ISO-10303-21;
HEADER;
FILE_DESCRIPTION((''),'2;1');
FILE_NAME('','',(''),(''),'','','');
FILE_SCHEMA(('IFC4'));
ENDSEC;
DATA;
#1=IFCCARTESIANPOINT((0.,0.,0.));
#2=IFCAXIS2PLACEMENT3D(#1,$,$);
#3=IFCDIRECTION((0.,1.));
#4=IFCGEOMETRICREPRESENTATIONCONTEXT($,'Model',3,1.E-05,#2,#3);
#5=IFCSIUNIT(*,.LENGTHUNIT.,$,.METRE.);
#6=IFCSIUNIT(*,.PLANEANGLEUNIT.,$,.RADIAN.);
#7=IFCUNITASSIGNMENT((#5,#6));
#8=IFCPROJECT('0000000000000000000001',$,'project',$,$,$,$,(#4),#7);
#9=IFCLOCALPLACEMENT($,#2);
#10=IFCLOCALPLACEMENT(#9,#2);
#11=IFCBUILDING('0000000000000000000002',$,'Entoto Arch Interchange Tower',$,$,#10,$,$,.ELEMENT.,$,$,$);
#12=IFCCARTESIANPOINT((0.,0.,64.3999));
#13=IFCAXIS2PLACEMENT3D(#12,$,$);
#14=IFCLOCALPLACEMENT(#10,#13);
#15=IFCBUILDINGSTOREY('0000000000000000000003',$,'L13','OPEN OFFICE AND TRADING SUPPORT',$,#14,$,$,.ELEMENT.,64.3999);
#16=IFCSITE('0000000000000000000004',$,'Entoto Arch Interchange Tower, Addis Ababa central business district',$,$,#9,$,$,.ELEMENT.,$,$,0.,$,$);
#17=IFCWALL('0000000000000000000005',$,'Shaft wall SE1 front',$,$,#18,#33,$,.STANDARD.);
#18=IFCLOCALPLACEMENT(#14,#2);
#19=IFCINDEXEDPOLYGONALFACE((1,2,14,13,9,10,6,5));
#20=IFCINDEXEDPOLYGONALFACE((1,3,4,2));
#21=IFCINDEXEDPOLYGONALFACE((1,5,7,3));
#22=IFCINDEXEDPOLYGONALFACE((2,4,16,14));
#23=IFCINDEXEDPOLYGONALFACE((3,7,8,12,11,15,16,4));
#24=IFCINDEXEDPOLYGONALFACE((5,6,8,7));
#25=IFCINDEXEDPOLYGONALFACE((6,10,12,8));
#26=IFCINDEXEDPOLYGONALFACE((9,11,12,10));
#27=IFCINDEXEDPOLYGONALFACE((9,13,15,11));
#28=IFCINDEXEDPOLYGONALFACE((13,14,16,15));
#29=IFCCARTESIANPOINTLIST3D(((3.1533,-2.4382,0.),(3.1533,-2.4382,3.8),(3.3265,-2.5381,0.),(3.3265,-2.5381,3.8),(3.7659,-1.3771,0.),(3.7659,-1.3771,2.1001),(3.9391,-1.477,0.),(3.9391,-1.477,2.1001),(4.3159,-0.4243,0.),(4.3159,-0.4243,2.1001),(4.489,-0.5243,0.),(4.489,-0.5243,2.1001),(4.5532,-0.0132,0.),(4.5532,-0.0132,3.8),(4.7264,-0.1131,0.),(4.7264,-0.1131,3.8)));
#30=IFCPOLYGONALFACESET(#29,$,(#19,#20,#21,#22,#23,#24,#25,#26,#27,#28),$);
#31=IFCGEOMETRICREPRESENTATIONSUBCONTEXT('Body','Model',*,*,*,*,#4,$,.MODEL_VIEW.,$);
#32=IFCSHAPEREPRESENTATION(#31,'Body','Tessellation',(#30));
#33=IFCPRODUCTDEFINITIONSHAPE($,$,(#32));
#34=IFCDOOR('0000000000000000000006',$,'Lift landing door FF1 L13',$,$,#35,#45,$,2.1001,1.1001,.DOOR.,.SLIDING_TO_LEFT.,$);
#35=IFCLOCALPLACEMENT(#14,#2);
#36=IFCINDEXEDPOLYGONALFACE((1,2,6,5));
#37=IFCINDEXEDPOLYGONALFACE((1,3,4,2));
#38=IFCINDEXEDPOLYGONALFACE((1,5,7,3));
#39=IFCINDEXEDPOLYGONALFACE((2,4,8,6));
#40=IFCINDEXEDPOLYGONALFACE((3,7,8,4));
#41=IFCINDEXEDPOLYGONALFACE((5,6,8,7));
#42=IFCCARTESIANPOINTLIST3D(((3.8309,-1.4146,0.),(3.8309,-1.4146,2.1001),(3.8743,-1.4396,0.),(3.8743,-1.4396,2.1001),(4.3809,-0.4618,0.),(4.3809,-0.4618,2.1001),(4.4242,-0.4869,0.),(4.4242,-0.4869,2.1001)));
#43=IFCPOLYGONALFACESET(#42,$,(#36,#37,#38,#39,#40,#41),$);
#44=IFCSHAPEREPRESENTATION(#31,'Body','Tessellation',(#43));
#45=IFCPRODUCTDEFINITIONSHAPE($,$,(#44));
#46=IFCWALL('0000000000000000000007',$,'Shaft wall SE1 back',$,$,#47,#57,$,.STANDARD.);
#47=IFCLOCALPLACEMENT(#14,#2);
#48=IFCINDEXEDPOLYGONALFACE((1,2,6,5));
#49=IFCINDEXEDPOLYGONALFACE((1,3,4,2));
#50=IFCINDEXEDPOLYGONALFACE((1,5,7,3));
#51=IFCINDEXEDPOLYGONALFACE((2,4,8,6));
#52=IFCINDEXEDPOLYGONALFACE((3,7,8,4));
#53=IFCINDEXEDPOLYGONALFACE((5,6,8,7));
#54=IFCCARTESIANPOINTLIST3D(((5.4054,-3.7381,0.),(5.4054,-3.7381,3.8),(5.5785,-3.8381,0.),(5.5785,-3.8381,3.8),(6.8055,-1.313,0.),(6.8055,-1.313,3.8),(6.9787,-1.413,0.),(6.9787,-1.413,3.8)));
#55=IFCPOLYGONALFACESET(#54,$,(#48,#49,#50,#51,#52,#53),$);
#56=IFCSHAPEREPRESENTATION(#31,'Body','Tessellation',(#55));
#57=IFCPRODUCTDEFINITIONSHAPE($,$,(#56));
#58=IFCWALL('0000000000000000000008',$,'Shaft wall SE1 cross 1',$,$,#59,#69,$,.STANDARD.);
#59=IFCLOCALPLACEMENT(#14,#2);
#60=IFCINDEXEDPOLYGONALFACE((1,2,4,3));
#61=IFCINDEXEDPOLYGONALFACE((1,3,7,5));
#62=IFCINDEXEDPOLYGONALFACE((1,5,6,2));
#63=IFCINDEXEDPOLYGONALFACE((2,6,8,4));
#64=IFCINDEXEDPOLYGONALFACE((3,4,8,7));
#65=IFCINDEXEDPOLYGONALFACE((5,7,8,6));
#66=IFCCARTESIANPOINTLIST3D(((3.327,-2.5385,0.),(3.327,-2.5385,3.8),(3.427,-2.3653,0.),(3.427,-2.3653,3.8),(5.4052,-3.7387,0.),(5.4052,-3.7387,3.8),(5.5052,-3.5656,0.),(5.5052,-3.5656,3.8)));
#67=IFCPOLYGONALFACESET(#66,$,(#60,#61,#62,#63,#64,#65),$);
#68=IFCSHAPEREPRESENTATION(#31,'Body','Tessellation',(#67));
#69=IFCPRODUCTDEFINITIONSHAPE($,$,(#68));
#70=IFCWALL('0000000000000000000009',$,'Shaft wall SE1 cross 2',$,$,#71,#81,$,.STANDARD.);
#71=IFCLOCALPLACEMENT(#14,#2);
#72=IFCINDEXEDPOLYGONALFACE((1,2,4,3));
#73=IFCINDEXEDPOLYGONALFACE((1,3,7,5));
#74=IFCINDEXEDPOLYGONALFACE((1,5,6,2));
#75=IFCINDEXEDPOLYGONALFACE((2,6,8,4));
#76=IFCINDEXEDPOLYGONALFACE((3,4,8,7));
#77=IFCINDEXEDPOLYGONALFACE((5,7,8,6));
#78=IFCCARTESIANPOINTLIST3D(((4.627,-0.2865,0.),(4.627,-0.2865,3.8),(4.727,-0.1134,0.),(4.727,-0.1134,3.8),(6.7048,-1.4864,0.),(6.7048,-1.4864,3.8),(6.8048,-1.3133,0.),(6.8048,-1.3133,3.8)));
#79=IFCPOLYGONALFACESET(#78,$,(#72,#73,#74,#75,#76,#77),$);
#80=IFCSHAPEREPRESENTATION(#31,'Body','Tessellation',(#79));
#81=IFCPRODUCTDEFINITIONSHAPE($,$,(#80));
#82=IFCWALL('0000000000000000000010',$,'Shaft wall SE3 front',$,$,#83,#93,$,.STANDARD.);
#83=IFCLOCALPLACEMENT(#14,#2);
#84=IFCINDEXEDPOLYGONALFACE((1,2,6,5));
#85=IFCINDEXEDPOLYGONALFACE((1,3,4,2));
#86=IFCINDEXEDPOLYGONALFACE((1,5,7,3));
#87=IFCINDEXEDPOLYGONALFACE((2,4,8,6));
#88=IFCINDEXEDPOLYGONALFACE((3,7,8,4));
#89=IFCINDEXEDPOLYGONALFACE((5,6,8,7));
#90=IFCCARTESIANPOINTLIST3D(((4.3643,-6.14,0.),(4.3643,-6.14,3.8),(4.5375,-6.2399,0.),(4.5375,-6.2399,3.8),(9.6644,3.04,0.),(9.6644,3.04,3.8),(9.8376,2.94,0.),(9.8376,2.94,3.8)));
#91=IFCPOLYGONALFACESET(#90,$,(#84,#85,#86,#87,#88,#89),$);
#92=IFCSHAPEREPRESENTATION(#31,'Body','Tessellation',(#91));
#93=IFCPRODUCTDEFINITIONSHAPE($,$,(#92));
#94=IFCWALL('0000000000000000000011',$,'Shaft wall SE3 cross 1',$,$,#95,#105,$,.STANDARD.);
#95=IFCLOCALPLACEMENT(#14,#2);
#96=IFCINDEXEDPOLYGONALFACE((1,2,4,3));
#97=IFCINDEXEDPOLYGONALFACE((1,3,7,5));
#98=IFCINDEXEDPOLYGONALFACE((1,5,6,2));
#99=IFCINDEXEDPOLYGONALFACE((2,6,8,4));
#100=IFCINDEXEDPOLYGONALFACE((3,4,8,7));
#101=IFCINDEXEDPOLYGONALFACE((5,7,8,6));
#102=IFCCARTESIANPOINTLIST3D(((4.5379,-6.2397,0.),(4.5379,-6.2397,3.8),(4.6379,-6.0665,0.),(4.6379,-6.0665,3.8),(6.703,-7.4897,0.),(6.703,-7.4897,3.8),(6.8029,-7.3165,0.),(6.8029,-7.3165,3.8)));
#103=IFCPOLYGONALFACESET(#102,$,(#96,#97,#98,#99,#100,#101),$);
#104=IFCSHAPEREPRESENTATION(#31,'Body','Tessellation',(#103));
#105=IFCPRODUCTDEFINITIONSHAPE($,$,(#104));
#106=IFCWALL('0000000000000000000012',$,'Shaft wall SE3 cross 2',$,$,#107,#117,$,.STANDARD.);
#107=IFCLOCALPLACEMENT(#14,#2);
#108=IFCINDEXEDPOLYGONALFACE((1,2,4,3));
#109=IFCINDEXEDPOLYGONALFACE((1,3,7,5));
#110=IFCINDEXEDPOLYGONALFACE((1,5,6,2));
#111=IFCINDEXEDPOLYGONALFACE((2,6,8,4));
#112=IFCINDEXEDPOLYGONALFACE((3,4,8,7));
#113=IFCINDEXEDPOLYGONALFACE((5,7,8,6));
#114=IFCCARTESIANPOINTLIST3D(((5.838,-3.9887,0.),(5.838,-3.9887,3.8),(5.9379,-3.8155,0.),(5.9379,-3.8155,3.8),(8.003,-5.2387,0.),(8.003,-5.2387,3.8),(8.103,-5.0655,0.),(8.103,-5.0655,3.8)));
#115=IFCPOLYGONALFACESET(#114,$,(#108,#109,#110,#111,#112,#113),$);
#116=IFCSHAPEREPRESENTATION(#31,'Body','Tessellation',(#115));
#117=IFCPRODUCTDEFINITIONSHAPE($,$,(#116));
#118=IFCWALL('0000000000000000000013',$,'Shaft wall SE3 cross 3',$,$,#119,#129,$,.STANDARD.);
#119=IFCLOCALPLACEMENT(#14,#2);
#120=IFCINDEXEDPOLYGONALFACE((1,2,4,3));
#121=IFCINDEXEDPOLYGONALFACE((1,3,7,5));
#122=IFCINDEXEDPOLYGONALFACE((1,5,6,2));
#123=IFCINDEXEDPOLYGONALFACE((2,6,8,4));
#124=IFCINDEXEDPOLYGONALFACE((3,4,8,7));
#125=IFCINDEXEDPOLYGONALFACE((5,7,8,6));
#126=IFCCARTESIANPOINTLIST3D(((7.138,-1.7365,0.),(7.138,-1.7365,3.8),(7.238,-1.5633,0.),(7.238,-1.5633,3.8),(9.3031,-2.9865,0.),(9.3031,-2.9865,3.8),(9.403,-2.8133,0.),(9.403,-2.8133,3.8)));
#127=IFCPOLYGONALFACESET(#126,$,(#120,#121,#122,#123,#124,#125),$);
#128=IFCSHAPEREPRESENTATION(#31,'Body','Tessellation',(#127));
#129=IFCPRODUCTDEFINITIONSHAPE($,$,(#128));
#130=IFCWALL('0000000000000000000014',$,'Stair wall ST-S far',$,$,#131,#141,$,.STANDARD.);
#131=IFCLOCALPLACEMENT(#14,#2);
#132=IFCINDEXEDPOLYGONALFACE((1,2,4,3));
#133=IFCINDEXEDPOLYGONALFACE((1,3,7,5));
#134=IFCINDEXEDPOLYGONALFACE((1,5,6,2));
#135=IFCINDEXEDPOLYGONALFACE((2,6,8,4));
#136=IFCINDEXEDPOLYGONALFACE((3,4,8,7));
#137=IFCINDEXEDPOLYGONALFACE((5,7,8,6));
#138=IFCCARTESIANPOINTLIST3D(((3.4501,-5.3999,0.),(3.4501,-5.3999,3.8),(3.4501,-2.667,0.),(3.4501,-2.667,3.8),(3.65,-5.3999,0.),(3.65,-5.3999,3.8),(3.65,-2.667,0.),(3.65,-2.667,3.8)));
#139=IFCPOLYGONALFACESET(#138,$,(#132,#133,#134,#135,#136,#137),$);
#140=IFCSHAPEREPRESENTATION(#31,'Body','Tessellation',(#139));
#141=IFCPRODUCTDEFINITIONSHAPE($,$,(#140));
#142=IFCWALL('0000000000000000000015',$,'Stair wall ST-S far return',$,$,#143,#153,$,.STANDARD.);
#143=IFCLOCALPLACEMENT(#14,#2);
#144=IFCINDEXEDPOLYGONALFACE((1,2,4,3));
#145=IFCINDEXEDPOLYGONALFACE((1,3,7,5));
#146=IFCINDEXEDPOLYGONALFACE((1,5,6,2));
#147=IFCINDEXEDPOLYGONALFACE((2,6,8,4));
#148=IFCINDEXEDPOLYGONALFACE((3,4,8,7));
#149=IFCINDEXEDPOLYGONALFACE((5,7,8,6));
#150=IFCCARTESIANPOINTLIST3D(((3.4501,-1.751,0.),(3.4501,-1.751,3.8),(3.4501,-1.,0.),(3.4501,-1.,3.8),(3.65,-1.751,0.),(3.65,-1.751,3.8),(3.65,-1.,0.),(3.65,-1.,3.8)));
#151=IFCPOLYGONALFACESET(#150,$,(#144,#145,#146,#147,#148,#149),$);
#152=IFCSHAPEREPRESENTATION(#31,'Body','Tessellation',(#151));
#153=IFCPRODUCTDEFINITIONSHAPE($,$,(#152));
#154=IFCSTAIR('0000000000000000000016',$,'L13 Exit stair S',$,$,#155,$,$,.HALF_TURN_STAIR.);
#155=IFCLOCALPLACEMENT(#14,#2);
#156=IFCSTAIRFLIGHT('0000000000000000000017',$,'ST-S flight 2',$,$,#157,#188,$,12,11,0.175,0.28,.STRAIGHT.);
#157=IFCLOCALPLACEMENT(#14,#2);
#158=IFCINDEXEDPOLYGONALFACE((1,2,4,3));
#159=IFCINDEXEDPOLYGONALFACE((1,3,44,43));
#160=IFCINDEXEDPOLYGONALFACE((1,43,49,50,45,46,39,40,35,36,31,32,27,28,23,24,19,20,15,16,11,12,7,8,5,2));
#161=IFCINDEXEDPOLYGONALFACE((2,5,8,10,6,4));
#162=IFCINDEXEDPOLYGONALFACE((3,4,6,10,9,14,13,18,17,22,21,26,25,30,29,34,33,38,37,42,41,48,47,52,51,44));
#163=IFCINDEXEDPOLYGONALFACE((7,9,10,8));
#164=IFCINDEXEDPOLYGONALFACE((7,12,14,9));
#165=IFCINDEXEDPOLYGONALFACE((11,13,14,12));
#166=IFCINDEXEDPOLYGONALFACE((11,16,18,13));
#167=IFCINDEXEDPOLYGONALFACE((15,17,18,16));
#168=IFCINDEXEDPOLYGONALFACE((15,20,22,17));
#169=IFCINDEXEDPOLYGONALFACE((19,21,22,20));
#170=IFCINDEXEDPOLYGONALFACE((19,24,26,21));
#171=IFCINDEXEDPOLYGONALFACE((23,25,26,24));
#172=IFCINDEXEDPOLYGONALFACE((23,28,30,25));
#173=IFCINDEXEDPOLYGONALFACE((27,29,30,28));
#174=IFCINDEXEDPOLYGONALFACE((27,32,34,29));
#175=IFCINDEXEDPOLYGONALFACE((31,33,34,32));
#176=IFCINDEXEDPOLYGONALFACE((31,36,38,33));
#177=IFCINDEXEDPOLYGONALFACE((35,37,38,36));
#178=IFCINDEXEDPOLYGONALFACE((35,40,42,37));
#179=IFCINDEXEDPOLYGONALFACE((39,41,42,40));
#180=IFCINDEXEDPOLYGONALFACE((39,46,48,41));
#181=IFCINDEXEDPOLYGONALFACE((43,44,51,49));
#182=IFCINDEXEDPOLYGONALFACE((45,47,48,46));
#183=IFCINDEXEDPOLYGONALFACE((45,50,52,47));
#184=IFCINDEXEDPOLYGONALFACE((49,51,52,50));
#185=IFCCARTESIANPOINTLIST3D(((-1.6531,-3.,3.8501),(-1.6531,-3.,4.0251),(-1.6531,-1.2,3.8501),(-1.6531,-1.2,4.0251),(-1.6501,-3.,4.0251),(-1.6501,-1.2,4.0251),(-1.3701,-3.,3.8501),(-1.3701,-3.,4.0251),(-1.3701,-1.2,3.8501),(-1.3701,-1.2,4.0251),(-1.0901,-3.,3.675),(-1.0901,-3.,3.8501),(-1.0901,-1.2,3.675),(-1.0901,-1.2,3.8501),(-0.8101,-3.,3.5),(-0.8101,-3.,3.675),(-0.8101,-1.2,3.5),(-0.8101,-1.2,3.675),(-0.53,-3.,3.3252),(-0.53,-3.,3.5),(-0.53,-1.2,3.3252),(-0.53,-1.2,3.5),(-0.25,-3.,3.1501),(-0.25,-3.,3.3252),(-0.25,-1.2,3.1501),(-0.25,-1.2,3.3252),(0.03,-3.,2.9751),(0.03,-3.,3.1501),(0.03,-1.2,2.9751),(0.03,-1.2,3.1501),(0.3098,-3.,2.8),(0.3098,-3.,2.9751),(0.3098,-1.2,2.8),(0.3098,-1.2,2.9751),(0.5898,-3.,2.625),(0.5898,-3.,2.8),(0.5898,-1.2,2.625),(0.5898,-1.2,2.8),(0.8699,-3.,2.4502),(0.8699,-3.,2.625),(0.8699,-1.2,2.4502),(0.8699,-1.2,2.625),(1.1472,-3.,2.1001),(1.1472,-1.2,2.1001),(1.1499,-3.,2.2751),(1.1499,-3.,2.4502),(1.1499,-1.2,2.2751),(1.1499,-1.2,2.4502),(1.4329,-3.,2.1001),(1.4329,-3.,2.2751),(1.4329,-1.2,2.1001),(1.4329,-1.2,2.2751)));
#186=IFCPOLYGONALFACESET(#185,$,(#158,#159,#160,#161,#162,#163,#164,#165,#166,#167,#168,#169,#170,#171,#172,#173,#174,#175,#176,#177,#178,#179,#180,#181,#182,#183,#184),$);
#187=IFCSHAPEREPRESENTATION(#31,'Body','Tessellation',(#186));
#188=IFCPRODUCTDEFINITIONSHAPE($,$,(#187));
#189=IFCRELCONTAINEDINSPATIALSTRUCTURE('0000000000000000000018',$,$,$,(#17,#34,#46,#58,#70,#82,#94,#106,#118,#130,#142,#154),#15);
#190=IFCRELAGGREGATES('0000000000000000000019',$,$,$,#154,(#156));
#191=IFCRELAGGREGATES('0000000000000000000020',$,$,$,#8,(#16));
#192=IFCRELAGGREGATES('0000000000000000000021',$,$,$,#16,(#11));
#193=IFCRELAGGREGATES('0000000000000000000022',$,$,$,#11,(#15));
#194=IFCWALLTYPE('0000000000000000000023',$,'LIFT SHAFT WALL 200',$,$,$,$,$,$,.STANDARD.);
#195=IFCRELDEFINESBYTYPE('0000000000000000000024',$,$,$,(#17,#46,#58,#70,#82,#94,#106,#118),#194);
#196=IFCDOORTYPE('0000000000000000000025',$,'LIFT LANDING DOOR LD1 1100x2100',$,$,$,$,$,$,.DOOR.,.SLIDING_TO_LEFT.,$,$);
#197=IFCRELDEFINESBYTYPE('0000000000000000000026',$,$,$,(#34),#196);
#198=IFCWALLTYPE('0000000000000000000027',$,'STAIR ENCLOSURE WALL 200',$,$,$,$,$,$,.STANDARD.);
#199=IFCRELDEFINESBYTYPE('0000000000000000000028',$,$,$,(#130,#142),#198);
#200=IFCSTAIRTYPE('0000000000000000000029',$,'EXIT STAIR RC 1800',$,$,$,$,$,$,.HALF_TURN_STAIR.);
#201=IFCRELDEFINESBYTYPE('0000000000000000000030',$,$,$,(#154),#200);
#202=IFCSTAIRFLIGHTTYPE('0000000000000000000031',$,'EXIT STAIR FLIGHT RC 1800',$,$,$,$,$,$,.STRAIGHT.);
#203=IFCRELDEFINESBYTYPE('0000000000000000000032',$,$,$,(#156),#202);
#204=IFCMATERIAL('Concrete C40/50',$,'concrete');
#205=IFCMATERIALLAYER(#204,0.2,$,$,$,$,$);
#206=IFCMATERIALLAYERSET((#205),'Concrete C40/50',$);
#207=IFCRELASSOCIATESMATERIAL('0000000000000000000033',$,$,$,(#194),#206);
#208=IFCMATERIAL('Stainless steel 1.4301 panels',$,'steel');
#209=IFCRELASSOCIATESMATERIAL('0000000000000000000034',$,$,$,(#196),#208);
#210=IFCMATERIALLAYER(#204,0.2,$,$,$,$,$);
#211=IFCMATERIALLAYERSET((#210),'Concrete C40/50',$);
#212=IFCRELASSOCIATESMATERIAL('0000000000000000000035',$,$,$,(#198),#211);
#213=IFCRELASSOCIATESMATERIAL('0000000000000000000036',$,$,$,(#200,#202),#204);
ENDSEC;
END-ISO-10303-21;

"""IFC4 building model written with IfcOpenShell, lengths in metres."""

from ifc_helpers import new_model, si_unit, direction, frame, frame_2d, origin, place, context, subcontext, project, spatial, polyline, rectangle, outline, extrude, material, layer, layer_set, type_object, element, fill, aggregate, save


model = new_model("IFC4")

# Units and contexts
model_context = context("Model", 3, precision=1e-05, world=origin(), true_north=direction((0.0, 1.0)))
body_context = subcontext(model_context, "Body", "Model", "MODEL_VIEW")
ifc_project = project(units=[si_unit("LENGTHUNIT", "METRE"), si_unit("PLANEANGLEUNIT", "RADIAN")], contexts=[model_context])

# Site, building, storey
site_placement = place(None, origin())
site = spatial("IfcSite", under=ifc_project, at=site_placement, Name="Entoto Arch Interchange Tower, Addis Ababa central business district", CompositionType="ELEMENT", RefElevation=0.0)
building_placement = place(site_placement, origin())
building = spatial("IfcBuilding", under=site, at=building_placement, Name="Entoto Arch Interchange Tower", CompositionType="ELEMENT")
storey_placement = place(building_placement, frame((0.0, 0.0, 64.3999)))
storey = spatial("IfcBuildingStorey", under=building, at=storey_placement, Name="L13", Description="OPEN OFFICE AND TRADING SUPPORT", CompositionType="ELEMENT", Elevation=64.3999)

# Wall, opening, door
ifc_material_1 = material(Name="Concrete C40/50", Category="concrete")
ifc_material_2 = material(Name="Stainless steel 1.4301 panels", Category="steel")
ifc_layer_1 = layer(ifc_material_1, 0.2)
ifc_layer_set_1 = layer_set([ifc_layer_1], Name="Concrete C40/50")
wall_type_1 = type_object("IfcWallType", Name="LIFT SHAFT WALL 200", PredefinedType="STANDARD", material=ifc_layer_set_1)
wall_1_placement = place(storey_placement, frame((3.24, -2.488, 0.0), z_axis=(0.0, 0.0, 1.0), x_axis=(0.499946, 0.866056, 0.0)))
wall_1 = element("IfcWall", 1, at=wall_1_placement, inside=storey, type_object=wall_type_1, Name="Shaft wall SE1 front", PredefinedType="STANDARD", context=body_context, shape_type="SweptSolid", body=[
    extrude(rectangle(XDim=2.8, YDim=0.2, at=frame_2d((1.3999, 0.0))), origin(), (0.0, 0.0, 1.0), 3.8),
])
opening_1_placement = place(wall_1_placement, frame((1.2251, 0.0, 0.0)))
opening_1 = element("IfcOpeningElement", 2, at=opening_1_placement, cuts=wall_1, PredefinedType="OPENING", context=body_context, shape_type="SweptSolid", body=[
    extrude(rectangle(XDim=1.1001, YDim=2.1001, at=frame_2d((0.55, 1.05))), frame((0.0, 0.1099, 0.0), z_axis=(0.0, -1.0, 0.0), x_axis=(1.0, 0.0, 0.0)), (0.0, 0.0, 1.0), 0.22),
])
door_type_1 = type_object("IfcDoorType", Name="LIFT LANDING DOOR LD1 1100x2100", OperationType="SLIDING_TO_LEFT", PredefinedType="DOOR", material=ifc_material_2)
door_1_placement = place(opening_1_placement, origin())
door_1 = element("IfcDoor", 3, at=door_1_placement, inside=storey, type_object=door_type_1, Name="Lift landing door FF1 L13", OperationType="SLIDING_TO_LEFT", OverallHeight=2.1001, OverallWidth=1.1001, PredefinedType="DOOR", context=body_context, shape_type="SweptSolid", body=[
    extrude(rectangle(XDim=1.1001, YDim=2.1001, at=frame_2d((0.55, 1.05))), frame((0.0, 0.0249, 0.0), z_axis=(0.0, -1.0, 0.0), x_axis=(1.0, 0.0, 0.0)), (0.0, 0.0, 1.0), 0.05),
])
fill(opening_1, door_1)

# Walls
wall_2_placement = place(storey_placement, frame((5.4919, -3.7881, 0.0), z_axis=(0.0, 0.0, 1.0), x_axis=(0.500012, 0.866019, 0.0)))
element("IfcWall", 4, at=wall_2_placement, inside=storey, type_object=wall_type_1, Name="Shaft wall SE1 back", PredefinedType="STANDARD", context=body_context, shape_type="SweptSolid", body=[
    extrude(rectangle(XDim=2.8003, YDim=0.2, at=frame_2d((1.4001, 0.0))), origin(), (0.0, 0.0, 1.0), 3.8),
])
wall_3_placement = place(storey_placement, frame((3.377, -2.4519, 0.0), z_axis=(0.0, 0.0, 1.0), x_axis=(0.865955, -0.500122, 0.0)))
element("IfcWall", 5, at=wall_3_placement, inside=storey, type_object=wall_type_1, Name="Shaft wall SE1 cross 1", PredefinedType="STANDARD", context=body_context, shape_type="SweptSolid", body=[
    extrude(rectangle(XDim=2.3999, YDim=0.2, at=frame_2d((1.2, 0.0))), origin(), (0.0, 0.0, 1.0), 3.8),
])
wall_4_placement = place(storey_placement, frame((4.677, -0.2, 0.0), z_axis=(0.0, 0.0, 1.0), x_axis=(0.865974, -0.500089, 0.0)))
element("IfcWall", 6, at=wall_4_placement, inside=storey, type_object=wall_type_1, Name="Shaft wall SE1 cross 2", PredefinedType="STANDARD", context=body_context, shape_type="SweptSolid", body=[
    extrude(rectangle(XDim=2.3994, YDim=0.2, at=frame_2d((1.1997, 0.0))), origin(), (0.0, 0.0, 1.0), 3.8),
])
wall_5_placement = place(storey_placement, frame((4.4509, -6.1899, 0.0), z_axis=(0.0, 0.0, 1.0), x_axis=(0.500001, 0.866025, 0.0)))
element("IfcWall", 7, at=wall_5_placement, inside=storey, type_object=wall_type_1, Name="Shaft wall SE3 front", PredefinedType="STANDARD", context=body_context, shape_type="SweptSolid", body=[
    extrude(rectangle(XDim=10.6001, YDim=0.2, at=frame_2d((5.3, 0.0))), origin(), (0.0, 0.0, 1.0), 3.8),
])
for number, where, z_axis, x_axis, name in (
    (8, (4.5879, -6.1531, 0.0), (0.0, 0.0, 1.0), (0.866023, -0.500004, 0.0), "Shaft wall SE3 cross 1"),
    (9, (5.8879, -3.9021, 0.0), (0.0, 0.0, 1.0), (0.866023, -0.500004, 0.0), "Shaft wall SE3 cross 2"),
    (10, (7.188, -1.6499, 0.0), (0.0, 0.0, 1.0), (0.866023, -0.500004, 0.0), "Shaft wall SE3 cross 3"),
):
    element("IfcWall", number, at=place(storey_placement, frame(where, z_axis=z_axis, x_axis=x_axis)), inside=storey, type_object=wall_type_1, Name=name, PredefinedType="STANDARD", context=body_context, shape_type="SweptSolid", body=[
        extrude(rectangle(XDim=2.5, YDim=0.2, at=frame_2d((1.25, 0.0))), origin(), (0.0, 0.0, 1.0), 3.8),
    ])
ifc_layer_2 = layer(ifc_material_1, 0.2)
ifc_layer_set_2 = layer_set([ifc_layer_2], Name="Concrete C40/50")
wall_type_2 = type_object("IfcWallType", Name="STAIR ENCLOSURE WALL 200", PredefinedType="STANDARD", material=ifc_layer_set_2)
wall_6_placement = place(storey_placement, frame((3.55, -2.667, 0.0), z_axis=(0.0, 0.0, 1.0), x_axis=(0.0, -1.0, 0.0)))
element("IfcWall", 11, at=wall_6_placement, inside=storey, type_object=wall_type_2, Name="Stair wall ST-S far", PredefinedType="STANDARD", context=body_context, shape_type="SweptSolid", body=[
    extrude(rectangle(XDim=2.7329, YDim=0.2, at=frame_2d((1.3665, 0.0))), origin(), (0.0, 0.0, 1.0), 3.8),
])
wall_7_placement = place(storey_placement, frame((3.55, -1.0, 0.0), z_axis=(0.0, 0.0, 1.0), x_axis=(0.0, -1.0, 0.0)))
element("IfcWall", 12, at=wall_7_placement, inside=storey, type_object=wall_type_2, Name="Stair wall ST-S far return", PredefinedType="STANDARD", context=body_context, shape_type="SweptSolid", body=[
    extrude(rectangle(XDim=0.751, YDim=0.2, at=frame_2d((0.3755, 0.0))), origin(), (0.0, 0.0, 1.0), 3.8),
])

# Stair, stair flight
stair_type = type_object("IfcStairType", Name="EXIT STAIR RC 1800", PredefinedType="HALF_TURN_STAIR", material=ifc_material_1)
stair_placement = place(storey_placement, origin())
stair = element("IfcStair", 13, at=stair_placement, inside=storey, type_object=stair_type, Name="L13 Exit stair S", PredefinedType="HALF_TURN_STAIR")
stair_flight_type = type_object("IfcStairFlightType", Name="EXIT STAIR FLIGHT RC 1800", PredefinedType="STRAIGHT", material=ifc_material_1)
stair_flight_placement = place(storey_placement, frame((1.4299, -2.1001, 2.1001), z_axis=(0.0, 0.0, 1.0), x_axis=(-1.0, 0.0, 0.0)))
stair_flight = element("IfcStairFlight", 14, at=stair_flight_placement, type_object=stair_flight_type, Name="ST-S flight 2", NumberOfRisers=12, NumberOfTreads=11, PredefinedType="STRAIGHT", RiserHeight=0.175, TreadLength=0.28, context=body_context, shape_type="SweptSolid", body=[
    extrude(outline(polyline([(-0.0029, 0.0), (-0.0029, 0.175), (0.28, 0.175), (0.28, 0.3501), (0.5601, 0.3501), (0.5601, 0.5249), (0.8401, 0.5249), (0.8401, 0.7), (1.1201, 0.7), (1.1201, 0.875), (1.3999, 0.875), (1.3999, 1.05), (1.6799, 1.05), (1.6799, 1.2251), (1.96, 1.2251), (1.96, 1.3999), (2.24, 1.3999), (2.24, 1.575), (2.52, 1.575), (2.52, 1.75), (2.8, 1.75), (2.8, 1.925), (3.0801, 1.925), (3.083, 1.925), (3.083, 1.75), (0.2827, 0.0), (-0.0029, 0.0)])), frame((0.0, 0.8999, 0.0), z_axis=(0.0, -1.0, 0.0), x_axis=(1.0, 0.0, 0.0)), (0.0, 0.0, 1.0), 1.8),
])
aggregate(stair, [stair_flight])

save(model, "model.ifc")
